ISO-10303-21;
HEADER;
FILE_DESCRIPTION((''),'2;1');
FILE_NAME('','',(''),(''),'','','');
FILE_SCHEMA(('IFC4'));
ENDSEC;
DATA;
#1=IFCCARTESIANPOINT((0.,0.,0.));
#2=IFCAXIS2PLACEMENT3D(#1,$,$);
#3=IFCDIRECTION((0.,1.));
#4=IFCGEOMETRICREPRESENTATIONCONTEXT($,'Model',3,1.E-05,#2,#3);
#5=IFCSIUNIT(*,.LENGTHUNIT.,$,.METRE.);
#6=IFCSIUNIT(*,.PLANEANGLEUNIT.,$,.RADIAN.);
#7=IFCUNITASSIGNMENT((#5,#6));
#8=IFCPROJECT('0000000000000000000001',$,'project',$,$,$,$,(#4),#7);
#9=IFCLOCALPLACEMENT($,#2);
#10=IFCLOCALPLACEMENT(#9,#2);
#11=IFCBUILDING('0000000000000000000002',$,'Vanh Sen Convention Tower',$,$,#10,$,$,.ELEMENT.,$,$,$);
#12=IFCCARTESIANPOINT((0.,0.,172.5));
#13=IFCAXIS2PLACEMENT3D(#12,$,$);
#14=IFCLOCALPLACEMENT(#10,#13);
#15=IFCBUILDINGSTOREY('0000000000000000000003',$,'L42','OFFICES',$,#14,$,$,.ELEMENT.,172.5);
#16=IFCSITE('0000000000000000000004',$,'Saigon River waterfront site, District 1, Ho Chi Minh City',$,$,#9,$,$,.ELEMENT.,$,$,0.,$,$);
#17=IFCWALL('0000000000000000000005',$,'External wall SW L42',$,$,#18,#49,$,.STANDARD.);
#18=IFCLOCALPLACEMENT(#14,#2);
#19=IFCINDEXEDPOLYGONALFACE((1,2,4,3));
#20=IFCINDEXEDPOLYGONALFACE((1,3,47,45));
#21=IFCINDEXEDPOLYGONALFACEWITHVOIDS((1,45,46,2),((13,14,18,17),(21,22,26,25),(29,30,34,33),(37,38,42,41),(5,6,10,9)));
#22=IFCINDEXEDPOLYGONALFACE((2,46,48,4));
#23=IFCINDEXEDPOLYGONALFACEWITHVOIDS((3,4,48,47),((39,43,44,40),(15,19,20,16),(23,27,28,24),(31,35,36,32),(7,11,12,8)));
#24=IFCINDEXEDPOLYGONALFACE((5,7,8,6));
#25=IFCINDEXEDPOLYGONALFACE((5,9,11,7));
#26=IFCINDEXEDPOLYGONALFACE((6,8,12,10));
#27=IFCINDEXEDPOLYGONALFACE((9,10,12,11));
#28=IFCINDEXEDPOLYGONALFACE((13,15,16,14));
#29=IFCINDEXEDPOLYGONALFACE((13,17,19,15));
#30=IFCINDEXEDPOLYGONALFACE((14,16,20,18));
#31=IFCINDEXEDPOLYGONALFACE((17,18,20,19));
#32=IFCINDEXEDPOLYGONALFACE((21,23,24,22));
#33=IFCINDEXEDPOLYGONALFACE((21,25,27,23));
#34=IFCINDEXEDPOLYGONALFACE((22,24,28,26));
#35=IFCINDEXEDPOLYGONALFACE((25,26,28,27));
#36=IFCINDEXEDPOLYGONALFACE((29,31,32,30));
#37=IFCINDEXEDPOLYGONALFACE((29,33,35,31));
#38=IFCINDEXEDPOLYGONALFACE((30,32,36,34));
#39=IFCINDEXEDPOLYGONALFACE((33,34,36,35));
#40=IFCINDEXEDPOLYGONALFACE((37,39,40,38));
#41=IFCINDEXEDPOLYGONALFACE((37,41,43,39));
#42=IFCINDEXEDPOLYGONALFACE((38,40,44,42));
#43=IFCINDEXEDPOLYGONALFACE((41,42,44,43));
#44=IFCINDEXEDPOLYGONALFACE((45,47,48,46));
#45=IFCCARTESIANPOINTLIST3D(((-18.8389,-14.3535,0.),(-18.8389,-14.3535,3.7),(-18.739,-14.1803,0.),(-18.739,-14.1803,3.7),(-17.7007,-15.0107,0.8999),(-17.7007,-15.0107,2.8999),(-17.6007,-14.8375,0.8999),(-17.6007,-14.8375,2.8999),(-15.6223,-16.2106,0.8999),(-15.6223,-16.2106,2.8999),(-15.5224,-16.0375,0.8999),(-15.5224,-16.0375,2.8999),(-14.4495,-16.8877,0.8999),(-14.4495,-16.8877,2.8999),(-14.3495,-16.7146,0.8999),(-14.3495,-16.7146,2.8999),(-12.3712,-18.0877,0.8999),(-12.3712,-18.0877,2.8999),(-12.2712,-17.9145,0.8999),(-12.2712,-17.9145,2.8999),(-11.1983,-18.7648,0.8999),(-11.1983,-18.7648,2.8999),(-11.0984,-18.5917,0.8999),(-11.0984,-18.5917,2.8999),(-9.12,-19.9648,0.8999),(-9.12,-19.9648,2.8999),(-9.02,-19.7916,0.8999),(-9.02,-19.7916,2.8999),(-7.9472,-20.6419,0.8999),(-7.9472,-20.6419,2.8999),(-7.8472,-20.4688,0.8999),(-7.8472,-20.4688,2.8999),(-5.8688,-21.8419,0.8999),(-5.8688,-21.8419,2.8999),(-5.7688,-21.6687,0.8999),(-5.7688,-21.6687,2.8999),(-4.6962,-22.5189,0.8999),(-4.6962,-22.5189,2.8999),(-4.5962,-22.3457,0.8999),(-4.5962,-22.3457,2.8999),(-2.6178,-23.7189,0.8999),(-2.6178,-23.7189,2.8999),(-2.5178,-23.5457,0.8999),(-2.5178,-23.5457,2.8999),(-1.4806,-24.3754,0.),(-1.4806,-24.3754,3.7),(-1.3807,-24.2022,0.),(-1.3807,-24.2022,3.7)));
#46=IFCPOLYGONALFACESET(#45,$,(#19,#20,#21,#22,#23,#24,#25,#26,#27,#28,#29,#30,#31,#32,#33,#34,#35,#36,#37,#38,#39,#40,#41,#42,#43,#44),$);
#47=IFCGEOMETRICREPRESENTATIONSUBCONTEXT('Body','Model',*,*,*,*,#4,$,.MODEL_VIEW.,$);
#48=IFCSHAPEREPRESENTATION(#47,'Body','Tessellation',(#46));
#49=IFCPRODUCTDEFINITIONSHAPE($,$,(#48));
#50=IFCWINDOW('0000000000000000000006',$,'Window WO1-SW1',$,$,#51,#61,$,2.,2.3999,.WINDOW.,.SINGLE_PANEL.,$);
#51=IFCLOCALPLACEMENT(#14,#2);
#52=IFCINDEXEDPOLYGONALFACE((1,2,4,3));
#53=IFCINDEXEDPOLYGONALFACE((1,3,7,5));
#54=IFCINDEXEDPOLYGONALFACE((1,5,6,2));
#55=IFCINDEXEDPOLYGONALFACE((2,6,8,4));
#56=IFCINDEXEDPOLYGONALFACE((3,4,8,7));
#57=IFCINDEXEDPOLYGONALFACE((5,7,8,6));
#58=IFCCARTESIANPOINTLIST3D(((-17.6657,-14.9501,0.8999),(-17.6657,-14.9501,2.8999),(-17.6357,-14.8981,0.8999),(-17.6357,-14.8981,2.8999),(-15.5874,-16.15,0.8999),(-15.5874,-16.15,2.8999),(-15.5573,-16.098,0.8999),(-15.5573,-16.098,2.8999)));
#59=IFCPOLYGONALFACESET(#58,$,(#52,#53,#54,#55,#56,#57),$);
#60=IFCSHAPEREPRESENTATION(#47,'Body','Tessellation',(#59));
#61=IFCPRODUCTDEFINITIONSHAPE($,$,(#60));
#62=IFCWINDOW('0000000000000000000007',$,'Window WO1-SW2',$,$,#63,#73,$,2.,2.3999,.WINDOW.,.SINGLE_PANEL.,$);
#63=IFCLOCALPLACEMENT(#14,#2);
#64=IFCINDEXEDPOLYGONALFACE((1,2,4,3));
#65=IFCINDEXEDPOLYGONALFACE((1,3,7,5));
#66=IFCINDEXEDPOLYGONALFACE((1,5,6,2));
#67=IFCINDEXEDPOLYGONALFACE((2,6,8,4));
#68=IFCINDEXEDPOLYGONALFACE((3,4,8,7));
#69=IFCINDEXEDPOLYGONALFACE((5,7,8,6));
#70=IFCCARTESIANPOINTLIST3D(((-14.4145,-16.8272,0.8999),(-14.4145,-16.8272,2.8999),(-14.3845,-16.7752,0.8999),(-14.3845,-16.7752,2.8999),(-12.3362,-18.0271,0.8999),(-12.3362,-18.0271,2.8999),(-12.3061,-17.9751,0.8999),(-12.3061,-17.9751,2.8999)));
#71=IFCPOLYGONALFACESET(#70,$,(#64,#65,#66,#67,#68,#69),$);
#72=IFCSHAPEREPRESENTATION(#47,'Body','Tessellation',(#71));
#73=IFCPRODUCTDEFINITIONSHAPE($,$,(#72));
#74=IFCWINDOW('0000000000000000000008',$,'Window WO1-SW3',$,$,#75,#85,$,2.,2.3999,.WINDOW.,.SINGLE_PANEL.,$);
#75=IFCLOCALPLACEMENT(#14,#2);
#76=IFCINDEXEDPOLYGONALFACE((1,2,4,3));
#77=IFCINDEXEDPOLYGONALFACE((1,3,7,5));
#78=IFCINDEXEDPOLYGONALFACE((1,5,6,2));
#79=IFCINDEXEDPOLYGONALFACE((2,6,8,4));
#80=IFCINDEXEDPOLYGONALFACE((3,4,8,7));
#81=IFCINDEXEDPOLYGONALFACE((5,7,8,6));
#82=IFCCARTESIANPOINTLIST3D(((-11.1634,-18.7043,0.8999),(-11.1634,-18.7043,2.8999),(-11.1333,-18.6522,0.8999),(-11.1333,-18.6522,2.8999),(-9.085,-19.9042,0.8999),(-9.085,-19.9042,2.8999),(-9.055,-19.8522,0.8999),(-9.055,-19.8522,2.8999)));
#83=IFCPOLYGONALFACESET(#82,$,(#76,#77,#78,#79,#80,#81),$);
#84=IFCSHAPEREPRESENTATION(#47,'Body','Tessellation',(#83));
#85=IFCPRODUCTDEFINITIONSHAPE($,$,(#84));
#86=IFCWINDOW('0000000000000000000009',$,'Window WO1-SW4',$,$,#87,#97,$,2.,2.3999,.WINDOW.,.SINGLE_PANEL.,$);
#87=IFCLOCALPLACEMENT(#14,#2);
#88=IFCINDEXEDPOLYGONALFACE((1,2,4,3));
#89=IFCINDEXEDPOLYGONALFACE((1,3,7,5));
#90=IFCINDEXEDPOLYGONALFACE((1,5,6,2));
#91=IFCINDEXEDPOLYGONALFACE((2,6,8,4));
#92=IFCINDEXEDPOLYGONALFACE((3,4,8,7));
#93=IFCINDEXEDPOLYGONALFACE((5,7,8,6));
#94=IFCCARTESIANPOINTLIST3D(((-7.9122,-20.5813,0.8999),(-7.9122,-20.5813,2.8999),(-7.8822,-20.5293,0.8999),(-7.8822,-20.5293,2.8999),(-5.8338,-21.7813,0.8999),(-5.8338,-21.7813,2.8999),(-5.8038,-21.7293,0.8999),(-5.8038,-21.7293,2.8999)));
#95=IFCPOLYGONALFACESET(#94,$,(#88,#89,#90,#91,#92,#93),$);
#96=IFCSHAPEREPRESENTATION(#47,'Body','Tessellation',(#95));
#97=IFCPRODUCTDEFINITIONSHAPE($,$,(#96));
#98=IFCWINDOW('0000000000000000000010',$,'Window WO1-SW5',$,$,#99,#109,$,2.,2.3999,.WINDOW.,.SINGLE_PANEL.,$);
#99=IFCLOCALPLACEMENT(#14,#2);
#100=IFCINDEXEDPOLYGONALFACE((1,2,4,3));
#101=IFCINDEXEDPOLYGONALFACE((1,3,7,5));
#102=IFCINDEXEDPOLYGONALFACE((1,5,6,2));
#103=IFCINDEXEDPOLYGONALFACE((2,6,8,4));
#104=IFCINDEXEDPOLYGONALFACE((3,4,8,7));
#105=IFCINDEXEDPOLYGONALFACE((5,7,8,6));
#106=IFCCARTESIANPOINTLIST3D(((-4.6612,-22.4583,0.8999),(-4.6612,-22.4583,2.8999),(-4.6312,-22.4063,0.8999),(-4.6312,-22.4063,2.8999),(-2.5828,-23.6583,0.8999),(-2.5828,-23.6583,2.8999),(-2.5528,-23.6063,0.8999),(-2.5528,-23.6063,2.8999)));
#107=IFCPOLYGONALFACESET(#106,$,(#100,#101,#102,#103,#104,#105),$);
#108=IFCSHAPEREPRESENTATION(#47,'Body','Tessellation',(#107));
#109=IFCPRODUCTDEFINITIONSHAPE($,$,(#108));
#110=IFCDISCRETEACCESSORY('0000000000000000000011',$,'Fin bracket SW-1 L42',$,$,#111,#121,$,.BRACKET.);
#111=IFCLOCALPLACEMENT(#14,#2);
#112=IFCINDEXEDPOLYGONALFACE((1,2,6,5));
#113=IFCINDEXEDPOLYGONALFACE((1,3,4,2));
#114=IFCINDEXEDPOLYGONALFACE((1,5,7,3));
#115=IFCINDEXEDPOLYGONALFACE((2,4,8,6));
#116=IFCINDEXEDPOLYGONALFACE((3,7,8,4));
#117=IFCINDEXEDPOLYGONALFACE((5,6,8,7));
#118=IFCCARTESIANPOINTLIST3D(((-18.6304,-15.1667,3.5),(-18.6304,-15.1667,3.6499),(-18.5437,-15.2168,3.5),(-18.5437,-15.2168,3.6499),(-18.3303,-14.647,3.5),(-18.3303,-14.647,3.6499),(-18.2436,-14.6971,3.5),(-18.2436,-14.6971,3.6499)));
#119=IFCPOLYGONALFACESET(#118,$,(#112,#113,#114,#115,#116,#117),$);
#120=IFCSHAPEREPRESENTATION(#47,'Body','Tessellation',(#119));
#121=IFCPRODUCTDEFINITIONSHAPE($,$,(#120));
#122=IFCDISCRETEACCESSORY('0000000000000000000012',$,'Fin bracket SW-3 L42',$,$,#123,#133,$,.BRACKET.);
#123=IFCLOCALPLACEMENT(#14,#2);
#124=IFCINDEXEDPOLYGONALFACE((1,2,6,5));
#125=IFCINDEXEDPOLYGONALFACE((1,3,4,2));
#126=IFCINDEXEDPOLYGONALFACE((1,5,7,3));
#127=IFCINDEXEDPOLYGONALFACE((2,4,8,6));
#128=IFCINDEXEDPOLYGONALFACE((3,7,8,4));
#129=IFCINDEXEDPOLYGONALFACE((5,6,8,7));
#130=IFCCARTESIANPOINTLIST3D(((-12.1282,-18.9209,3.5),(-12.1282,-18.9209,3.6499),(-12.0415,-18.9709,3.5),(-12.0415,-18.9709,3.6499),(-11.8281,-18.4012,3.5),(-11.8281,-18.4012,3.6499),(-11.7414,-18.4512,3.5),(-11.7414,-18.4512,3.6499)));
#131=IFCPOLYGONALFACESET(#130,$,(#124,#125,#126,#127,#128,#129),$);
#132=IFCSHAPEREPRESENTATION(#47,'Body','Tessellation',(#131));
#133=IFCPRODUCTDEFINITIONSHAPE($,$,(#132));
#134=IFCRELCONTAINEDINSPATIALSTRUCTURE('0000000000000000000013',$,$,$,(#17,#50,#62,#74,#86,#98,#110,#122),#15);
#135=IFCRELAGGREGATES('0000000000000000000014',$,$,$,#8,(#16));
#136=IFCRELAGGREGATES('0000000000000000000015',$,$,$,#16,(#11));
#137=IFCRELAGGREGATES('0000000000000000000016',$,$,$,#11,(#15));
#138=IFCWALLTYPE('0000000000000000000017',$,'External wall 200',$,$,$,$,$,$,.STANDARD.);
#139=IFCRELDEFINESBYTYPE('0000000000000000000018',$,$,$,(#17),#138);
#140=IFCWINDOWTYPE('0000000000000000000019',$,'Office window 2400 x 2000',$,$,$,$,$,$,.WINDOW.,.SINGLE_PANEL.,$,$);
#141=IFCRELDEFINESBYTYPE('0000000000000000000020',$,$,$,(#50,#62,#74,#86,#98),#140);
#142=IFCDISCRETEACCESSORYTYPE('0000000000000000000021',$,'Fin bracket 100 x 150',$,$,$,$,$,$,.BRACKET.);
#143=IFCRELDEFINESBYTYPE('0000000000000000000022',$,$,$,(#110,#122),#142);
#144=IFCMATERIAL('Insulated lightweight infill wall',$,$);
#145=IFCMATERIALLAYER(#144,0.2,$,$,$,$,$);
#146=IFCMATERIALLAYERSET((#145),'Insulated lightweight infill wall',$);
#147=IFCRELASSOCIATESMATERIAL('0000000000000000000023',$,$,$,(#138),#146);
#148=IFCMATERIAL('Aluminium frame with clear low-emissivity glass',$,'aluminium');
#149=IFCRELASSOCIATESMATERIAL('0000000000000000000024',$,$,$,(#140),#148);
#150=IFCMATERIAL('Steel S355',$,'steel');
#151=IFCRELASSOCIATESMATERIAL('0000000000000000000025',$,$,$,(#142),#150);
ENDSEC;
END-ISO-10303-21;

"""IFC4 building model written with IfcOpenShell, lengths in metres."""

from ifc_helpers import new_model, si_unit, direction, frame, frame_2d, origin, origin_2d, place, context, subcontext, project, spatial, rectangle, extrude, material, layer, layer_set, type_object, element, fill, save


model = new_model("IFC4")

# Units and contexts
model_context = context("Model", 3, precision=1e-05, world=origin(), true_north=direction((0.0, 1.0)))
body_context = subcontext(model_context, "Body", "Model", "MODEL_VIEW")
ifc_project = project(units=[si_unit("LENGTHUNIT", "METRE"), si_unit("PLANEANGLEUNIT", "RADIAN")], contexts=[model_context])

# Site, building, storey
site_placement = place(None, origin())
site = spatial("IfcSite", under=ifc_project, at=site_placement, Name="Saigon River waterfront site, District 1, Ho Chi Minh City", CompositionType="ELEMENT", RefElevation=0.0)
building_placement = place(site_placement, origin())
building = spatial("IfcBuilding", under=site, at=building_placement, Name="Vanh Sen Convention Tower", CompositionType="ELEMENT")
storey_placement = place(building_placement, frame((0.0, 0.0, 172.5)))
storey = spatial("IfcBuildingStorey", under=building, at=storey_placement, Name="L42", Description="OFFICES", CompositionType="ELEMENT", Elevation=172.5)

# Wall, openings, windows
ifc_material_1 = material(Name="Insulated lightweight infill wall")
ifc_layer_1 = layer(ifc_material_1, 0.2)
ifc_layer_set_1 = layer_set([ifc_layer_1], Name="Insulated lightweight infill wall")
wall_type_1 = type_object("IfcWallType", Name="External wall 200", PredefinedType="STANDARD", material=ifc_layer_set_1)
wall_1_placement = place(storey_placement, frame((-18.7891, -14.2668, 0.0), z_axis=(0.0, 0.0, 1.0), x_axis=(0.866023, -0.500004, 0.0)))
wall_1 = element("IfcWall", 1, at=wall_1_placement, inside=storey, type_object=wall_type_1, Name="External wall SW L42", PredefinedType="STANDARD", context=body_context, shape_type="SweptSolid", body=[
    extrude(rectangle(XDim=20.0437, YDim=0.2, at=frame_2d((10.022, 0.0))), origin(), (0.0, 0.0, 1.0), 3.7),
])
opening_1_placement = place(wall_1_placement, frame((1.3145, 0.0, 0.8999)))
opening_1 = element("IfcOpeningElement", 2, at=opening_1_placement, cuts=wall_1, PredefinedType="OPENING", context=body_context, shape_type="SweptSolid", body=[
    extrude(rectangle(XDim=2.3999, YDim=2.0, at=frame_2d((1.2, 1.0))), frame((0.0, 0.1099, 0.0), z_axis=(0.0, -1.0, 0.0), x_axis=(1.0, 0.0, 0.0)), (0.0, 0.0, 1.0), 0.22),
])
opening_2_placement = place(wall_1_placement, frame((5.0686, 0.0, 0.8999)))
opening_2 = element("IfcOpeningElement", 3, at=opening_2_placement, cuts=wall_1, PredefinedType="OPENING", context=body_context, shape_type="SweptSolid", body=[
    extrude(rectangle(XDim=2.3999, YDim=2.0, at=frame_2d((1.2, 1.0))), frame((0.0, 0.1099, 0.0), z_axis=(0.0, -1.0, 0.0), x_axis=(1.0, 0.0, 0.0)), (0.0, 0.0, 1.0), 0.22),
])
opening_3_placement = place(wall_1_placement, frame((8.8228, 0.0, 0.8999)))
opening_3 = element("IfcOpeningElement", 4, at=opening_3_placement, cuts=wall_1, PredefinedType="OPENING", context=body_context, shape_type="SweptSolid", body=[
    extrude(rectangle(XDim=2.3999, YDim=2.0, at=frame_2d((1.2, 1.0))), frame((0.0, 0.1099, 0.0), z_axis=(0.0, -1.0, 0.0), x_axis=(1.0, 0.0, 0.0)), (0.0, 0.0, 1.0), 0.22),
])
opening_4_placement = place(wall_1_placement, frame((12.5769, 0.0, 0.8999)))
opening_4 = element("IfcOpeningElement", 5, at=opening_4_placement, cuts=wall_1, PredefinedType="OPENING", context=body_context, shape_type="SweptSolid", body=[
    extrude(rectangle(XDim=2.3999, YDim=2.0, at=frame_2d((1.2, 1.0))), frame((0.0, 0.1099, 0.0), z_axis=(0.0, -1.0, 0.0), x_axis=(1.0, 0.0, 0.0)), (0.0, 0.0, 1.0), 0.22),
])
opening_5_placement = place(wall_1_placement, frame((16.3308, 0.0, 0.8999)))
opening_5 = element("IfcOpeningElement", 6, at=opening_5_placement, cuts=wall_1, PredefinedType="OPENING", context=body_context, shape_type="SweptSolid", body=[
    extrude(rectangle(XDim=2.3999, YDim=2.0, at=frame_2d((1.2, 1.0))), frame((0.0, 0.1099, 0.0), z_axis=(0.0, -1.0, 0.0), x_axis=(1.0, 0.0, 0.0)), (0.0, 0.0, 1.0), 0.22),
])
ifc_material_2 = material(Name="Aluminium frame with clear low-emissivity glass", Category="aluminium")
window_type = type_object("IfcWindowType", Name="Office window 2400 x 2000", PartitioningType="SINGLE_PANEL", PredefinedType="WINDOW", material=ifc_material_2)
window_1_placement = place(opening_1_placement, origin())
window_1 = element("IfcWindow", 7, at=window_1_placement, inside=storey, type_object=window_type, Name="Window WO1-SW1", OverallHeight=2.0, OverallWidth=2.3999, PartitioningType="SINGLE_PANEL", PredefinedType="WINDOW", context=body_context, shape_type="SweptSolid", body=[
    extrude(rectangle(XDim=2.3999, YDim=2.0, at=frame_2d((1.2, 1.0))), frame((0.0, 0.03, 0.0), z_axis=(0.0, -1.0, 0.0), x_axis=(1.0, 0.0, 0.0)), (0.0, 0.0, 1.0), 0.0601),
])
fill(opening_1, window_1)
window_2_placement = place(opening_2_placement, origin())
window_2 = element("IfcWindow", 8, at=window_2_placement, inside=storey, type_object=window_type, Name="Window WO1-SW2", OverallHeight=2.0, OverallWidth=2.3999, PartitioningType="SINGLE_PANEL", PredefinedType="WINDOW", context=body_context, shape_type="SweptSolid", body=[
    extrude(rectangle(XDim=2.3999, YDim=2.0, at=frame_2d((1.2, 1.0))), frame((0.0, 0.03, 0.0), z_axis=(0.0, -1.0, 0.0), x_axis=(1.0, 0.0, 0.0)), (0.0, 0.0, 1.0), 0.0601),
])
fill(opening_2, window_2)
window_3_placement = place(opening_3_placement, origin())
window_3 = element("IfcWindow", 9, at=window_3_placement, inside=storey, type_object=window_type, Name="Window WO1-SW3", OverallHeight=2.0, OverallWidth=2.3999, PartitioningType="SINGLE_PANEL", PredefinedType="WINDOW", context=body_context, shape_type="SweptSolid", body=[
    extrude(rectangle(XDim=2.3999, YDim=2.0, at=frame_2d((1.2, 1.0))), frame((0.0, 0.03, 0.0), z_axis=(0.0, -1.0, 0.0), x_axis=(1.0, 0.0, 0.0)), (0.0, 0.0, 1.0), 0.0601),
])
fill(opening_3, window_3)
window_4_placement = place(opening_4_placement, origin())
window_4 = element("IfcWindow", 10, at=window_4_placement, inside=storey, type_object=window_type, Name="Window WO1-SW4", OverallHeight=2.0, OverallWidth=2.3999, PartitioningType="SINGLE_PANEL", PredefinedType="WINDOW", context=body_context, shape_type="SweptSolid", body=[
    extrude(rectangle(XDim=2.3999, YDim=2.0, at=frame_2d((1.2, 1.0))), frame((0.0, 0.03, 0.0), z_axis=(0.0, -1.0, 0.0), x_axis=(1.0, 0.0, 0.0)), (0.0, 0.0, 1.0), 0.0601),
])
fill(opening_4, window_4)
window_5_placement = place(opening_5_placement, origin())
window_5 = element("IfcWindow", 11, at=window_5_placement, inside=storey, type_object=window_type, Name="Window WO1-SW5", OverallHeight=2.0, OverallWidth=2.3999, PartitioningType="SINGLE_PANEL", PredefinedType="WINDOW", context=body_context, shape_type="SweptSolid", body=[
    extrude(rectangle(XDim=2.3999, YDim=2.0, at=frame_2d((1.2, 1.0))), frame((0.0, 0.03, 0.0), z_axis=(0.0, -1.0, 0.0), x_axis=(1.0, 0.0, 0.0)), (0.0, 0.0, 1.0), 0.0601),
])
fill(opening_5, window_5)

# Discrete accessories
ifc_material_3 = material(Name="Steel S355", Category="steel")
discrete_accessory_type = type_object("IfcDiscreteAccessoryType", Name="Fin bracket 100 x 150", PredefinedType="BRACKET", material=ifc_material_3)
for number, where, z_axis, x_axis, name in (
    (12, (-18.437, -14.9319, 3.5), (0.0, 0.0, 1.0), (-0.5, -0.866025, 0.0), "Fin bracket SW-1 L42"),
    (13, (-11.9348, -18.686, 3.5), (0.0, 0.0, 1.0), (-0.5, -0.866025, 0.0), "Fin bracket SW-3 L42"),
):
    element("IfcDiscreteAccessory", number, at=place(storey_placement, frame(where, z_axis=z_axis, x_axis=x_axis)), inside=storey, type_object=discrete_accessory_type, Name=name, PredefinedType="BRACKET", context=body_context, shape_type="SweptSolid", body=[
        extrude(rectangle(XDim=0.6001, YDim=0.1001, at=origin_2d()), origin(), (0.0, 0.0, 1.0), 0.1499),
    ])

save(model, "model.ifc")
